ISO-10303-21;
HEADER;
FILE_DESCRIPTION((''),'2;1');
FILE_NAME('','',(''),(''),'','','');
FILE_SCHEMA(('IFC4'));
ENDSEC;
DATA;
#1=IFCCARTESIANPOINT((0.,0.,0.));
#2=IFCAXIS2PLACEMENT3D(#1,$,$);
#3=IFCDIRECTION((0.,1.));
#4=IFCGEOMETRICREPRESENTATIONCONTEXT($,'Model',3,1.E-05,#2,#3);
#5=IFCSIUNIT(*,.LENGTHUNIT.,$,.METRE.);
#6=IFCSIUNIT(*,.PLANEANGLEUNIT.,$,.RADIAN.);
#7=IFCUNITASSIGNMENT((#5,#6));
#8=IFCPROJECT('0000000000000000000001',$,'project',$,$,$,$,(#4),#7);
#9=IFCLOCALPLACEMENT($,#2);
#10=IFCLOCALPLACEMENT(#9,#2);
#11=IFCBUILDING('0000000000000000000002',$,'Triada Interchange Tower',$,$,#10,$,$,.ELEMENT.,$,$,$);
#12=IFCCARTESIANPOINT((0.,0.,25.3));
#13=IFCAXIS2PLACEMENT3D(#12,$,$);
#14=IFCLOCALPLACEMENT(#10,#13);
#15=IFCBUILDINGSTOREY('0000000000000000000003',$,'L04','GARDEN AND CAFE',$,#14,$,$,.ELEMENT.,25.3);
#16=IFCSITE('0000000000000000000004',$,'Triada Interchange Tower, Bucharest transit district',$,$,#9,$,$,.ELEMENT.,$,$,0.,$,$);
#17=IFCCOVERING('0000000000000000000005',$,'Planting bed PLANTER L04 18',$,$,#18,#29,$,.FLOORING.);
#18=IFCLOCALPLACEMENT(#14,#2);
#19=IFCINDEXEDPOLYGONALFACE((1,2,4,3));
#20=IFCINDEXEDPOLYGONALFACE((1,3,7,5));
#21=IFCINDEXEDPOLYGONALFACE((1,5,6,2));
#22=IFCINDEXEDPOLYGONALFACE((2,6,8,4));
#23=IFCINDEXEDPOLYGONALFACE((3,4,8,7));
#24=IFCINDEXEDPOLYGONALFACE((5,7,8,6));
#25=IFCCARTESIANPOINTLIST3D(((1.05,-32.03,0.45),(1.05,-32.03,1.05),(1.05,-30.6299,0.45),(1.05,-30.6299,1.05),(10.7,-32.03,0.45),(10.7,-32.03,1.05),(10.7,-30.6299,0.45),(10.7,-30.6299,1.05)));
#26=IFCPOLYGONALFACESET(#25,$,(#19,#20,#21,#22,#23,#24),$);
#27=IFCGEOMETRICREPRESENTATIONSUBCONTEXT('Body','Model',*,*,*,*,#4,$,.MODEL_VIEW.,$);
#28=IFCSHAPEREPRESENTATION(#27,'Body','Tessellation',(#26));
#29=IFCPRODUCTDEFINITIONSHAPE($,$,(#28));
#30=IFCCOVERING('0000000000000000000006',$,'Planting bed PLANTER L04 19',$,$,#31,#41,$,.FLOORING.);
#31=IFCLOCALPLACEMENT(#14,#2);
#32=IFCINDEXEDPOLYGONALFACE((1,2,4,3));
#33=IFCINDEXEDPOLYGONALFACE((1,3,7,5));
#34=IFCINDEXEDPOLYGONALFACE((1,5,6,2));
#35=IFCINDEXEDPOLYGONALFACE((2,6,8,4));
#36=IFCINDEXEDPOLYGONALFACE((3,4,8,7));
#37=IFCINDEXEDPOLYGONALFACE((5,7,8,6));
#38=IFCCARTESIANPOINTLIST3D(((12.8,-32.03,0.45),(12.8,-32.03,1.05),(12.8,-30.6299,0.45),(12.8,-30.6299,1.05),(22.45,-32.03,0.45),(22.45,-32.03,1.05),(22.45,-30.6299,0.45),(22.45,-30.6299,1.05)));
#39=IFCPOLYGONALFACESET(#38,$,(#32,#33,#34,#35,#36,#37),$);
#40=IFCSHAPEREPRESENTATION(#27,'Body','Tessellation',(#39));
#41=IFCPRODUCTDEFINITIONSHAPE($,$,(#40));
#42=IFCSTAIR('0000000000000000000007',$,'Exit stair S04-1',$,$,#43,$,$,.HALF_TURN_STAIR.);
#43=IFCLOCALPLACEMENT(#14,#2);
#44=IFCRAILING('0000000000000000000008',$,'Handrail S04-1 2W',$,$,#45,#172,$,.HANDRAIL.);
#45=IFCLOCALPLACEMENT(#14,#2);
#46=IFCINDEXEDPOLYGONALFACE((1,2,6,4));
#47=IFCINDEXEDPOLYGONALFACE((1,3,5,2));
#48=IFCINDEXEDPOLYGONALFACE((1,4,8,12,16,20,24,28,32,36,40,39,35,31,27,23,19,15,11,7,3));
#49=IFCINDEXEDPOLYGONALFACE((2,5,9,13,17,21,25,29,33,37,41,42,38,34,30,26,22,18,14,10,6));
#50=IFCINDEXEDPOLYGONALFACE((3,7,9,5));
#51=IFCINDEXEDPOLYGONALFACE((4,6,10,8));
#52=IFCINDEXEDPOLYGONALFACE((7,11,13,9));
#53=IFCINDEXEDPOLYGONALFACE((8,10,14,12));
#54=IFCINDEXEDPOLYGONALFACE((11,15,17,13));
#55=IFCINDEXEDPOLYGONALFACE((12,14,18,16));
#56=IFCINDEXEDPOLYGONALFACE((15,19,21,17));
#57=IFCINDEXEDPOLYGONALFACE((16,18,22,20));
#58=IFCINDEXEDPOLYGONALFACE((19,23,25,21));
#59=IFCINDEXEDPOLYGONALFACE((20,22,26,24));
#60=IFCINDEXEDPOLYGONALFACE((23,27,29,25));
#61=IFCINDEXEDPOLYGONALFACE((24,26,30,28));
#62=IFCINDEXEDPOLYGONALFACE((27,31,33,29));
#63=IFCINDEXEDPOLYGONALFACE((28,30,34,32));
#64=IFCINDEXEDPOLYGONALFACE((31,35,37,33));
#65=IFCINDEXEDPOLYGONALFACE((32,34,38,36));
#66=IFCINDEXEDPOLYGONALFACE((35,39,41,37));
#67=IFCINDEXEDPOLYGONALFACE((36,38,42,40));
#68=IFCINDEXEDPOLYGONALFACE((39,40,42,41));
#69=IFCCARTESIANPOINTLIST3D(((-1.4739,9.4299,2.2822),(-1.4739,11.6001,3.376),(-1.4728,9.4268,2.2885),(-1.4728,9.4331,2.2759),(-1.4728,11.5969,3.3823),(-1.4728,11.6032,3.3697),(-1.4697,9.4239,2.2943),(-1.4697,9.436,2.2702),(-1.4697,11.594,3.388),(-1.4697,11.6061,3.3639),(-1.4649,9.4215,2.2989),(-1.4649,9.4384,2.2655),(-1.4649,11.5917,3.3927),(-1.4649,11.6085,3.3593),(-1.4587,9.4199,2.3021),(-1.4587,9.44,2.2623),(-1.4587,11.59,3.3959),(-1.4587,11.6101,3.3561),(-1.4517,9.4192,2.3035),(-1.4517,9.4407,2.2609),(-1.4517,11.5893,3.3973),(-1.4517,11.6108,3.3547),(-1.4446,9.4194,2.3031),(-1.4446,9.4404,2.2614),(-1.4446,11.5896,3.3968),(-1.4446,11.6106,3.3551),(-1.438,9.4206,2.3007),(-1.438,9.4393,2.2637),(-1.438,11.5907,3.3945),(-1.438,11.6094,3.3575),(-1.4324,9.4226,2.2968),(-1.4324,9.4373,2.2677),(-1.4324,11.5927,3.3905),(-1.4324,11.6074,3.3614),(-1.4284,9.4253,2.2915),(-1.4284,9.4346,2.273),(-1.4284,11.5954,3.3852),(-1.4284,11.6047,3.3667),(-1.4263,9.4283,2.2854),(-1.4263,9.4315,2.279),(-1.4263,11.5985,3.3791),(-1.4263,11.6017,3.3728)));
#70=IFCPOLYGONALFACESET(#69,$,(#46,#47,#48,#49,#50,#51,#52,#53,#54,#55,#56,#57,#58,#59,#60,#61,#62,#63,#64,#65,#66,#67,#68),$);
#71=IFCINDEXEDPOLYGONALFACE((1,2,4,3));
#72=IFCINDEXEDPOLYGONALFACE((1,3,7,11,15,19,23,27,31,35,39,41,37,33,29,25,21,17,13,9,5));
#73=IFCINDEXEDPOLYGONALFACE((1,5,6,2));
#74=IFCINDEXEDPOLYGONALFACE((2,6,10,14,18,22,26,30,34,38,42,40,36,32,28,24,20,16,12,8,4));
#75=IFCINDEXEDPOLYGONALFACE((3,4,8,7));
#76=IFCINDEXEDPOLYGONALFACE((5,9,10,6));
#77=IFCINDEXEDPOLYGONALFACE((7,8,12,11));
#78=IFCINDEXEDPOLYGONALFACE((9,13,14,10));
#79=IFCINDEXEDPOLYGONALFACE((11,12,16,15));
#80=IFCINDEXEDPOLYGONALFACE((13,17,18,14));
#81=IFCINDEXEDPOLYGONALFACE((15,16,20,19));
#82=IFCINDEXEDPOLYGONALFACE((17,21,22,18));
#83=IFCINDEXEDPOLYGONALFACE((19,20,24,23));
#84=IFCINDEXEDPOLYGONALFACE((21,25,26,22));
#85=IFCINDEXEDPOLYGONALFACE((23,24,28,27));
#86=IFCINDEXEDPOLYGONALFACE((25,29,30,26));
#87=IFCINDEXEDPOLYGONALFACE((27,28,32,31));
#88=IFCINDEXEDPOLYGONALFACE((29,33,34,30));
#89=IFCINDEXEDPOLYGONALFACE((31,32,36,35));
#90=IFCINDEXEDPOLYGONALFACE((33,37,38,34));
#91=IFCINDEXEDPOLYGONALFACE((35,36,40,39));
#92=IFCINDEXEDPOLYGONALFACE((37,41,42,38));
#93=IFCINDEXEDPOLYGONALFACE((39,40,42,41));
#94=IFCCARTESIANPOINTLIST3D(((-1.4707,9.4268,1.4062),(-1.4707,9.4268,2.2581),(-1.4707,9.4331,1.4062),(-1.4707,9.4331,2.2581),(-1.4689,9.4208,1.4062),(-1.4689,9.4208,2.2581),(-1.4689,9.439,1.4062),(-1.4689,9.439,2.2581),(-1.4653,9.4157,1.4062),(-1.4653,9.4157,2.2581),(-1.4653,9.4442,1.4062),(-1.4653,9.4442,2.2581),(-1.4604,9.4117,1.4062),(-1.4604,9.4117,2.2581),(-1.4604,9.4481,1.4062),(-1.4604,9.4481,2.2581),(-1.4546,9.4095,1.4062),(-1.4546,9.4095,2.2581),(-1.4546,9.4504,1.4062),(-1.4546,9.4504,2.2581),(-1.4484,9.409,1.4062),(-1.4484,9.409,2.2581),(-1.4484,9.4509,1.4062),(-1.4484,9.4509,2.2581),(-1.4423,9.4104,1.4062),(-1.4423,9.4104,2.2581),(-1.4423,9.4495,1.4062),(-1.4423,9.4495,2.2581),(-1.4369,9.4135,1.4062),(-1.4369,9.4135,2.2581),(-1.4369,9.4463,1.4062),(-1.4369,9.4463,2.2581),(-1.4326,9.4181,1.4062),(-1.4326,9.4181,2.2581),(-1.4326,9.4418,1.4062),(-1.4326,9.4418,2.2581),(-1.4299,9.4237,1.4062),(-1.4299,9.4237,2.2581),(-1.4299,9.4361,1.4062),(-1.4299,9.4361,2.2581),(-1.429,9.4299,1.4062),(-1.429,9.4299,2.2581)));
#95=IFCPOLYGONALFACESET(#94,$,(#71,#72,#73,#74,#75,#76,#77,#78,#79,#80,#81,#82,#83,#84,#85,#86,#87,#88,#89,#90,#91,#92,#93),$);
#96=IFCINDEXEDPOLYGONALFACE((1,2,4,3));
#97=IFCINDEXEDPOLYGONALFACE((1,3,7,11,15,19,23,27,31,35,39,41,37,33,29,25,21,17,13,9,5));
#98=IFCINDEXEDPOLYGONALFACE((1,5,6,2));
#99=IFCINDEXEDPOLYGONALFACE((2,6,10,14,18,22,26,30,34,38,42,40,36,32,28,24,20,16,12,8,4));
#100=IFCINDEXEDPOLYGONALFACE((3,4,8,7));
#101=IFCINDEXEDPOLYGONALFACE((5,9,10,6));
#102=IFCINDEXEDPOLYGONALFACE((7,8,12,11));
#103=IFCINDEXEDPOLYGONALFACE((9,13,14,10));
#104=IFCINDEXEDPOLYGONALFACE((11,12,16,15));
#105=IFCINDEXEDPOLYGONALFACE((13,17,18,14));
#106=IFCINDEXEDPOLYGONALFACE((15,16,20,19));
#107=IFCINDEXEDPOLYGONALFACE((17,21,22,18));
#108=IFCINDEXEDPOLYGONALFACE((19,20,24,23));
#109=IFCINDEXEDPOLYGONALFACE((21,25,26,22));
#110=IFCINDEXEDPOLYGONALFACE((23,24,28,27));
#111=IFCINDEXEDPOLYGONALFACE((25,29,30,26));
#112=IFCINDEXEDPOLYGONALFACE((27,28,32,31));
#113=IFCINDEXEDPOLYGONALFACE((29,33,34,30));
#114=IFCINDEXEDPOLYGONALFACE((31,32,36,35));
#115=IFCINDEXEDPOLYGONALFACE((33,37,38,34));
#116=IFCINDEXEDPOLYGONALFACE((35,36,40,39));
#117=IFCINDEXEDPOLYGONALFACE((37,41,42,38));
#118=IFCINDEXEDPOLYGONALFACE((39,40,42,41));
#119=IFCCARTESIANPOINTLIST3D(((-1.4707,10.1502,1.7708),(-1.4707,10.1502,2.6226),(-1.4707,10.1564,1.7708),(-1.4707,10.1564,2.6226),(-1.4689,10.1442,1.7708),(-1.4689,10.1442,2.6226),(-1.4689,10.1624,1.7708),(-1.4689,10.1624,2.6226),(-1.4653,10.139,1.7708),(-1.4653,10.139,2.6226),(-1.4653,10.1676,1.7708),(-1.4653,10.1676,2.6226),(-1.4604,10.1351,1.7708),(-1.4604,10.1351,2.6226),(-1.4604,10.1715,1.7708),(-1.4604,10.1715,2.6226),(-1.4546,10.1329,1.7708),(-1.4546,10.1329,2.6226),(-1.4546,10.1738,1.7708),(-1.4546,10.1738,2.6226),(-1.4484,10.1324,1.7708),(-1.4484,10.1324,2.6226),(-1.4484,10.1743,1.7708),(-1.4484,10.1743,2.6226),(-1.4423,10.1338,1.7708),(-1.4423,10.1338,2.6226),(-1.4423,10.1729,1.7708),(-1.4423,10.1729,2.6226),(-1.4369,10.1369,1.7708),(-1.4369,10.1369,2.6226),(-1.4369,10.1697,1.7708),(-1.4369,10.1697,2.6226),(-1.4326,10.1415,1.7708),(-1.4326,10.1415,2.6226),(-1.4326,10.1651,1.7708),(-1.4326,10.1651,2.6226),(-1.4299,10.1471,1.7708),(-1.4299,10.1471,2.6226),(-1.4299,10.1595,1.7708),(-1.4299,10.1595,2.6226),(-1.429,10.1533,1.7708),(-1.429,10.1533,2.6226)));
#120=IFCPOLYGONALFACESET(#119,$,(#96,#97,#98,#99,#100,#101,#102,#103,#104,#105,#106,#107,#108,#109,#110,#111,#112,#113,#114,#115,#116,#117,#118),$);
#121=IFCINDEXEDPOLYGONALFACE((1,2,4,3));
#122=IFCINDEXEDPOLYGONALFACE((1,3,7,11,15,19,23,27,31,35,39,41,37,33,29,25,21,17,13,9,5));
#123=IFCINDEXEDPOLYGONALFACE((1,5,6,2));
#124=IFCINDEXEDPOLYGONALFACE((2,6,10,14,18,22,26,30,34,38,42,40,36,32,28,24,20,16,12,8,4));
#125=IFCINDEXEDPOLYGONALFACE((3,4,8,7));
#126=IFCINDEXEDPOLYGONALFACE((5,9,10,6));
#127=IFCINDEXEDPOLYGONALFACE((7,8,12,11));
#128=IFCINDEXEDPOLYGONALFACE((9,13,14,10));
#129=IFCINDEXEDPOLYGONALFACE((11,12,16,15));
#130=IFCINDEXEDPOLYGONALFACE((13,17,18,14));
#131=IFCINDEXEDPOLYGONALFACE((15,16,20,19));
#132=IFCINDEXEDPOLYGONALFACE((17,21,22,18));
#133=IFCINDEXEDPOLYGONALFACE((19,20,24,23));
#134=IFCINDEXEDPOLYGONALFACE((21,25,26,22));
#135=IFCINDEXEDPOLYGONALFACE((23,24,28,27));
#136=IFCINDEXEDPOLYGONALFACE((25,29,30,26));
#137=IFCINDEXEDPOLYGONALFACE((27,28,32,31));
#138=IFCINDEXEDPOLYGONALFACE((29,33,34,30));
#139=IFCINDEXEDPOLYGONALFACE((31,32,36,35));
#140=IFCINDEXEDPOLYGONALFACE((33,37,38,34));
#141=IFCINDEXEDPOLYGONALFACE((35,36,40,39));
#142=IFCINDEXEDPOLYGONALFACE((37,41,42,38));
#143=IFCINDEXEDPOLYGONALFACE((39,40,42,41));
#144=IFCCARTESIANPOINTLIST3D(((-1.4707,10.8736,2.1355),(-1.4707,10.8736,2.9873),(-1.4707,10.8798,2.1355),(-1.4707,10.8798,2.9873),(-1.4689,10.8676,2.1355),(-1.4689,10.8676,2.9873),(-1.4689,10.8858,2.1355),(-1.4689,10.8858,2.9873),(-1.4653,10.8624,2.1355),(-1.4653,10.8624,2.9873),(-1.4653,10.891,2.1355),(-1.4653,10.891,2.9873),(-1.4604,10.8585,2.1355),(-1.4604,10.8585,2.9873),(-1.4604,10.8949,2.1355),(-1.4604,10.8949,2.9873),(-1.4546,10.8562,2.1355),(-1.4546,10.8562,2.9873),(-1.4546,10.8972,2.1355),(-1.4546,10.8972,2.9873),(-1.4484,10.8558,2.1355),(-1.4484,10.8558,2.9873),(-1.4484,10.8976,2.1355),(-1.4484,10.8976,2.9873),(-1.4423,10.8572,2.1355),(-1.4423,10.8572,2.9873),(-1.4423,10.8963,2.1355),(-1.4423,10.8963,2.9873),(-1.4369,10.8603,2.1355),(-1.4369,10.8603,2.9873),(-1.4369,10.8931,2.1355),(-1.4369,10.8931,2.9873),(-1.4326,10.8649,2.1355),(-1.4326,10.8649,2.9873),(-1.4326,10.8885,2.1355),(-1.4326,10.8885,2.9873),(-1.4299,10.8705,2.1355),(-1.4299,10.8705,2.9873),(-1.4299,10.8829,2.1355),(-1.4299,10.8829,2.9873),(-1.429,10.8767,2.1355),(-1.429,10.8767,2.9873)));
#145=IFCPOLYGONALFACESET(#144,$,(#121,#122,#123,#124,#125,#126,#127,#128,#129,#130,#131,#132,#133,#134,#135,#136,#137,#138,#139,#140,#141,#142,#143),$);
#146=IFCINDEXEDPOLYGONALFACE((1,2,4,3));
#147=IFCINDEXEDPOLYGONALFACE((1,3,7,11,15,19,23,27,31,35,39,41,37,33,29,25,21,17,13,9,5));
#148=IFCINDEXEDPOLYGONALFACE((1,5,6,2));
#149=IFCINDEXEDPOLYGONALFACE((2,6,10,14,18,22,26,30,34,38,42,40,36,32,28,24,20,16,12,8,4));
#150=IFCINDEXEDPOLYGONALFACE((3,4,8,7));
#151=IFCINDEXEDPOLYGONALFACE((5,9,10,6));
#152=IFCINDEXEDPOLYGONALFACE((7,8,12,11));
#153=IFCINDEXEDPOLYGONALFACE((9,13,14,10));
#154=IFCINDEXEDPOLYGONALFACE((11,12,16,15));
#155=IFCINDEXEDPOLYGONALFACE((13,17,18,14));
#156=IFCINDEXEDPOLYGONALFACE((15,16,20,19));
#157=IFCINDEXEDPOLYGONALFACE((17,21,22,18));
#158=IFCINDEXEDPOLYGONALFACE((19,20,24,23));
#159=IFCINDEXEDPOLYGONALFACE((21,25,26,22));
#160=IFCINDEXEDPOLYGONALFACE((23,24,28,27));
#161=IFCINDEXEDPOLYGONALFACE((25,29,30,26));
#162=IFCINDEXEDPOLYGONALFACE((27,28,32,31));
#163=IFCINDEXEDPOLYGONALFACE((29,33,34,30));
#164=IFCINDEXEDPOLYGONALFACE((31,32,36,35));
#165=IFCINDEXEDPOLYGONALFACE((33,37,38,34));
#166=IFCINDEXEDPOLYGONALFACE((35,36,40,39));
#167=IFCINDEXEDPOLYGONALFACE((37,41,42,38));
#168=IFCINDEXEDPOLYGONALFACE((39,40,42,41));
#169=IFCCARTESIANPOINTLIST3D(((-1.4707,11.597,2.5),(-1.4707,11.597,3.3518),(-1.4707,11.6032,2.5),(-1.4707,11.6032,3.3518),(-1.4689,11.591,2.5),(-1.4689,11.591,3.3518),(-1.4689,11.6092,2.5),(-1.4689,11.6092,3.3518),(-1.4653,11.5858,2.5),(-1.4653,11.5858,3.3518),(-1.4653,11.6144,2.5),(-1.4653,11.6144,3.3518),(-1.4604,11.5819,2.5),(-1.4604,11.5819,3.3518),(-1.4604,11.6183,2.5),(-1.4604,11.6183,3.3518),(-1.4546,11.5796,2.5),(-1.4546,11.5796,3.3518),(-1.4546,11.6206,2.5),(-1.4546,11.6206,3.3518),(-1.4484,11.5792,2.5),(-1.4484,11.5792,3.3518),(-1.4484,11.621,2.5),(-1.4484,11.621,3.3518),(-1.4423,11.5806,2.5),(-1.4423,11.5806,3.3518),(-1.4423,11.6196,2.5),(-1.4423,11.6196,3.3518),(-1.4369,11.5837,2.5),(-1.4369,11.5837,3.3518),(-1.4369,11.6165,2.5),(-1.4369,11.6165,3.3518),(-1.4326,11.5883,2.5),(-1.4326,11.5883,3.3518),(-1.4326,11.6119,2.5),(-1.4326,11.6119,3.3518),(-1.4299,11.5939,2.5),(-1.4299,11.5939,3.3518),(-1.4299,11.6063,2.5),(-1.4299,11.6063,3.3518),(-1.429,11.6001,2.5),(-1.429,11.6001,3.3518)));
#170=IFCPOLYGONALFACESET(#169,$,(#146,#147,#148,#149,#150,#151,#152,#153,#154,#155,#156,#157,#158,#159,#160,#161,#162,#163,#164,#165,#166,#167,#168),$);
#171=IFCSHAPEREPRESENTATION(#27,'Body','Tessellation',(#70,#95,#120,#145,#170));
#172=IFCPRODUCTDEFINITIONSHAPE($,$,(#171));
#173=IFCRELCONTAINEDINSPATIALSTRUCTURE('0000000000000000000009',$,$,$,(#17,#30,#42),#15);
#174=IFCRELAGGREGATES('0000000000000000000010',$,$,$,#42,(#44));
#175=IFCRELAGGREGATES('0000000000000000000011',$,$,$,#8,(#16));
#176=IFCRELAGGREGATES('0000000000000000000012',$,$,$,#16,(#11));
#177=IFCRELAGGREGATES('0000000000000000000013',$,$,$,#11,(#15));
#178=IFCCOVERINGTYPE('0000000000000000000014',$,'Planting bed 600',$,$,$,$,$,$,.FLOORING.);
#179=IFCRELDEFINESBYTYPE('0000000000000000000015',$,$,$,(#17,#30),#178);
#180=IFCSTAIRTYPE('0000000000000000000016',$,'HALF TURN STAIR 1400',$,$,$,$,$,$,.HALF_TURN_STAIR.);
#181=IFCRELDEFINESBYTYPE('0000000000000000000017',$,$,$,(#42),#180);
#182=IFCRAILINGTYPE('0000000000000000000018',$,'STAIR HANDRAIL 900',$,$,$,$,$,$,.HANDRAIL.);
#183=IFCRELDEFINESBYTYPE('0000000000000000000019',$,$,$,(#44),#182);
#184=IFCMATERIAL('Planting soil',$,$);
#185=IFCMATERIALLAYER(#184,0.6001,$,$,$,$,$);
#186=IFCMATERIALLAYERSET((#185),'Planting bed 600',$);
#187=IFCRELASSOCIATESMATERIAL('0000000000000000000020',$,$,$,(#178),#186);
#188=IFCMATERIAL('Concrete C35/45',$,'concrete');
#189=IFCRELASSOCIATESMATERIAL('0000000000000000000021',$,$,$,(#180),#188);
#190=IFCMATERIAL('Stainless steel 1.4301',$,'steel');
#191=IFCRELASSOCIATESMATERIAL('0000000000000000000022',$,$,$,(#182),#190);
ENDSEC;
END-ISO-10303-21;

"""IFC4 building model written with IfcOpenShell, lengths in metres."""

from ifc_helpers import new_model, si_unit, direction, frame, origin, origin_2d, place, context, subcontext, project, spatial, polyline, circle, outline, extrude, material, layer, layer_set, type_object, element, aggregate, save


model = new_model("IFC4")

# Units and contexts
model_context = context("Model", 3, precision=1e-05, world=origin(), true_north=direction((0.0, 1.0)))
body_context = subcontext(model_context, "Body", "Model", "MODEL_VIEW")
ifc_project = project(units=[si_unit("LENGTHUNIT", "METRE"), si_unit("PLANEANGLEUNIT", "RADIAN")], contexts=[model_context])

# Site, building, storey
site_placement = place(None, origin())
site = spatial("IfcSite", under=ifc_project, at=site_placement, Name="Triada Interchange Tower, Bucharest transit district", CompositionType="ELEMENT", RefElevation=0.0)
building_placement = place(site_placement, origin())
building = spatial("IfcBuilding", under=site, at=building_placement, Name="Triada Interchange Tower", CompositionType="ELEMENT")
storey_placement = place(building_placement, frame((0.0, 0.0, 25.3)))
storey = spatial("IfcBuildingStorey", under=building, at=storey_placement, Name="L04", Description="GARDEN AND CAFE", CompositionType="ELEMENT", Elevation=25.3)

# Coverings
ifc_material_1 = material(Name="Planting soil")
ifc_layer_1 = layer(ifc_material_1, 0.6001)
ifc_layer_set_1 = layer_set([ifc_layer_1], Name="Planting bed 600")
covering_type = type_object("IfcCoveringType", Name="Planting bed 600", PredefinedType="FLOORING", material=ifc_layer_set_1)
covering_1_placement = place(storey_placement, frame((0.0, 0.0, 0.45)))
element("IfcCovering", 1, at=covering_1_placement, inside=storey, type_object=covering_type, Name="Planting bed PLANTER L04 18", PredefinedType="FLOORING", context=body_context, shape_type="SweptSolid", body=[
    extrude(outline(polyline([(1.05, -32.03), (10.7, -32.03), (10.7, -30.6299), (1.05, -30.6299), (1.05, -32.03)])), origin(), (0.0, 0.0, 1.0), 0.6001),
])
covering_2_placement = place(storey_placement, frame((0.0, 0.0, 0.45)))
element("IfcCovering", 2, at=covering_2_placement, inside=storey, type_object=covering_type, Name="Planting bed PLANTER L04 19", PredefinedType="FLOORING", context=body_context, shape_type="SweptSolid", body=[
    extrude(outline(polyline([(12.8, -32.03), (22.45, -32.03), (22.45, -30.6299), (12.8, -30.6299), (12.8, -32.03)])), origin(), (0.0, 0.0, 1.0), 0.6001),
])

# Stair, railing
ifc_material_2 = material(Name="Concrete C35/45", Category="concrete")
stair_type = type_object("IfcStairType", Name="HALF TURN STAIR 1400", PredefinedType="HALF_TURN_STAIR", material=ifc_material_2)
stair_placement = place(storey_placement, origin())
stair = element("IfcStair", 3, at=stair_placement, inside=storey, type_object=stair_type, Name="Exit stair S04-1", PredefinedType="HALF_TURN_STAIR")
ifc_material_3 = material(Name="Stainless steel 1.4301", Category="steel")
railing_type = type_object("IfcRailingType", Name="STAIR HANDRAIL 900", PredefinedType="HANDRAIL", material=ifc_material_3)
railing_placement = place(storey_placement, frame((-1.45, 9.4299, 1.4062)))
railing = element("IfcRailing", 4, at=railing_placement, type_object=railing_type, Name="Handrail S04-1 2W", PredefinedType="HANDRAIL", context=body_context, shape_type="SweptSolid", body=[
    extrude(circle(Radius=0.0239, at=origin_2d()), frame((0.0, 0.0, 0.876), z_axis=(0.0, 0.892996, 0.450064), x_axis=(-1.0, 0.0, 0.0)), (0.0, 0.0, 1.0), 2.4302),
    extrude(circle(Radius=0.021, at=origin_2d()), origin(), (0.0, 0.0, 1.0), 0.8518),
    extrude(circle(Radius=0.021, at=origin_2d()), frame((0.0, 0.7234, 0.3645)), (0.0, 0.0, 1.0), 0.8518),
    extrude(circle(Radius=0.021, at=origin_2d()), frame((0.0, 1.4468, 0.7292)), (0.0, 0.0, 1.0), 0.8518),
    extrude(circle(Radius=0.021, at=origin_2d()), frame((0.0, 2.1702, 1.0938)), (0.0, 0.0, 1.0), 0.8518),
])
aggregate(stair, [railing])

save(model, "model.ifc")
